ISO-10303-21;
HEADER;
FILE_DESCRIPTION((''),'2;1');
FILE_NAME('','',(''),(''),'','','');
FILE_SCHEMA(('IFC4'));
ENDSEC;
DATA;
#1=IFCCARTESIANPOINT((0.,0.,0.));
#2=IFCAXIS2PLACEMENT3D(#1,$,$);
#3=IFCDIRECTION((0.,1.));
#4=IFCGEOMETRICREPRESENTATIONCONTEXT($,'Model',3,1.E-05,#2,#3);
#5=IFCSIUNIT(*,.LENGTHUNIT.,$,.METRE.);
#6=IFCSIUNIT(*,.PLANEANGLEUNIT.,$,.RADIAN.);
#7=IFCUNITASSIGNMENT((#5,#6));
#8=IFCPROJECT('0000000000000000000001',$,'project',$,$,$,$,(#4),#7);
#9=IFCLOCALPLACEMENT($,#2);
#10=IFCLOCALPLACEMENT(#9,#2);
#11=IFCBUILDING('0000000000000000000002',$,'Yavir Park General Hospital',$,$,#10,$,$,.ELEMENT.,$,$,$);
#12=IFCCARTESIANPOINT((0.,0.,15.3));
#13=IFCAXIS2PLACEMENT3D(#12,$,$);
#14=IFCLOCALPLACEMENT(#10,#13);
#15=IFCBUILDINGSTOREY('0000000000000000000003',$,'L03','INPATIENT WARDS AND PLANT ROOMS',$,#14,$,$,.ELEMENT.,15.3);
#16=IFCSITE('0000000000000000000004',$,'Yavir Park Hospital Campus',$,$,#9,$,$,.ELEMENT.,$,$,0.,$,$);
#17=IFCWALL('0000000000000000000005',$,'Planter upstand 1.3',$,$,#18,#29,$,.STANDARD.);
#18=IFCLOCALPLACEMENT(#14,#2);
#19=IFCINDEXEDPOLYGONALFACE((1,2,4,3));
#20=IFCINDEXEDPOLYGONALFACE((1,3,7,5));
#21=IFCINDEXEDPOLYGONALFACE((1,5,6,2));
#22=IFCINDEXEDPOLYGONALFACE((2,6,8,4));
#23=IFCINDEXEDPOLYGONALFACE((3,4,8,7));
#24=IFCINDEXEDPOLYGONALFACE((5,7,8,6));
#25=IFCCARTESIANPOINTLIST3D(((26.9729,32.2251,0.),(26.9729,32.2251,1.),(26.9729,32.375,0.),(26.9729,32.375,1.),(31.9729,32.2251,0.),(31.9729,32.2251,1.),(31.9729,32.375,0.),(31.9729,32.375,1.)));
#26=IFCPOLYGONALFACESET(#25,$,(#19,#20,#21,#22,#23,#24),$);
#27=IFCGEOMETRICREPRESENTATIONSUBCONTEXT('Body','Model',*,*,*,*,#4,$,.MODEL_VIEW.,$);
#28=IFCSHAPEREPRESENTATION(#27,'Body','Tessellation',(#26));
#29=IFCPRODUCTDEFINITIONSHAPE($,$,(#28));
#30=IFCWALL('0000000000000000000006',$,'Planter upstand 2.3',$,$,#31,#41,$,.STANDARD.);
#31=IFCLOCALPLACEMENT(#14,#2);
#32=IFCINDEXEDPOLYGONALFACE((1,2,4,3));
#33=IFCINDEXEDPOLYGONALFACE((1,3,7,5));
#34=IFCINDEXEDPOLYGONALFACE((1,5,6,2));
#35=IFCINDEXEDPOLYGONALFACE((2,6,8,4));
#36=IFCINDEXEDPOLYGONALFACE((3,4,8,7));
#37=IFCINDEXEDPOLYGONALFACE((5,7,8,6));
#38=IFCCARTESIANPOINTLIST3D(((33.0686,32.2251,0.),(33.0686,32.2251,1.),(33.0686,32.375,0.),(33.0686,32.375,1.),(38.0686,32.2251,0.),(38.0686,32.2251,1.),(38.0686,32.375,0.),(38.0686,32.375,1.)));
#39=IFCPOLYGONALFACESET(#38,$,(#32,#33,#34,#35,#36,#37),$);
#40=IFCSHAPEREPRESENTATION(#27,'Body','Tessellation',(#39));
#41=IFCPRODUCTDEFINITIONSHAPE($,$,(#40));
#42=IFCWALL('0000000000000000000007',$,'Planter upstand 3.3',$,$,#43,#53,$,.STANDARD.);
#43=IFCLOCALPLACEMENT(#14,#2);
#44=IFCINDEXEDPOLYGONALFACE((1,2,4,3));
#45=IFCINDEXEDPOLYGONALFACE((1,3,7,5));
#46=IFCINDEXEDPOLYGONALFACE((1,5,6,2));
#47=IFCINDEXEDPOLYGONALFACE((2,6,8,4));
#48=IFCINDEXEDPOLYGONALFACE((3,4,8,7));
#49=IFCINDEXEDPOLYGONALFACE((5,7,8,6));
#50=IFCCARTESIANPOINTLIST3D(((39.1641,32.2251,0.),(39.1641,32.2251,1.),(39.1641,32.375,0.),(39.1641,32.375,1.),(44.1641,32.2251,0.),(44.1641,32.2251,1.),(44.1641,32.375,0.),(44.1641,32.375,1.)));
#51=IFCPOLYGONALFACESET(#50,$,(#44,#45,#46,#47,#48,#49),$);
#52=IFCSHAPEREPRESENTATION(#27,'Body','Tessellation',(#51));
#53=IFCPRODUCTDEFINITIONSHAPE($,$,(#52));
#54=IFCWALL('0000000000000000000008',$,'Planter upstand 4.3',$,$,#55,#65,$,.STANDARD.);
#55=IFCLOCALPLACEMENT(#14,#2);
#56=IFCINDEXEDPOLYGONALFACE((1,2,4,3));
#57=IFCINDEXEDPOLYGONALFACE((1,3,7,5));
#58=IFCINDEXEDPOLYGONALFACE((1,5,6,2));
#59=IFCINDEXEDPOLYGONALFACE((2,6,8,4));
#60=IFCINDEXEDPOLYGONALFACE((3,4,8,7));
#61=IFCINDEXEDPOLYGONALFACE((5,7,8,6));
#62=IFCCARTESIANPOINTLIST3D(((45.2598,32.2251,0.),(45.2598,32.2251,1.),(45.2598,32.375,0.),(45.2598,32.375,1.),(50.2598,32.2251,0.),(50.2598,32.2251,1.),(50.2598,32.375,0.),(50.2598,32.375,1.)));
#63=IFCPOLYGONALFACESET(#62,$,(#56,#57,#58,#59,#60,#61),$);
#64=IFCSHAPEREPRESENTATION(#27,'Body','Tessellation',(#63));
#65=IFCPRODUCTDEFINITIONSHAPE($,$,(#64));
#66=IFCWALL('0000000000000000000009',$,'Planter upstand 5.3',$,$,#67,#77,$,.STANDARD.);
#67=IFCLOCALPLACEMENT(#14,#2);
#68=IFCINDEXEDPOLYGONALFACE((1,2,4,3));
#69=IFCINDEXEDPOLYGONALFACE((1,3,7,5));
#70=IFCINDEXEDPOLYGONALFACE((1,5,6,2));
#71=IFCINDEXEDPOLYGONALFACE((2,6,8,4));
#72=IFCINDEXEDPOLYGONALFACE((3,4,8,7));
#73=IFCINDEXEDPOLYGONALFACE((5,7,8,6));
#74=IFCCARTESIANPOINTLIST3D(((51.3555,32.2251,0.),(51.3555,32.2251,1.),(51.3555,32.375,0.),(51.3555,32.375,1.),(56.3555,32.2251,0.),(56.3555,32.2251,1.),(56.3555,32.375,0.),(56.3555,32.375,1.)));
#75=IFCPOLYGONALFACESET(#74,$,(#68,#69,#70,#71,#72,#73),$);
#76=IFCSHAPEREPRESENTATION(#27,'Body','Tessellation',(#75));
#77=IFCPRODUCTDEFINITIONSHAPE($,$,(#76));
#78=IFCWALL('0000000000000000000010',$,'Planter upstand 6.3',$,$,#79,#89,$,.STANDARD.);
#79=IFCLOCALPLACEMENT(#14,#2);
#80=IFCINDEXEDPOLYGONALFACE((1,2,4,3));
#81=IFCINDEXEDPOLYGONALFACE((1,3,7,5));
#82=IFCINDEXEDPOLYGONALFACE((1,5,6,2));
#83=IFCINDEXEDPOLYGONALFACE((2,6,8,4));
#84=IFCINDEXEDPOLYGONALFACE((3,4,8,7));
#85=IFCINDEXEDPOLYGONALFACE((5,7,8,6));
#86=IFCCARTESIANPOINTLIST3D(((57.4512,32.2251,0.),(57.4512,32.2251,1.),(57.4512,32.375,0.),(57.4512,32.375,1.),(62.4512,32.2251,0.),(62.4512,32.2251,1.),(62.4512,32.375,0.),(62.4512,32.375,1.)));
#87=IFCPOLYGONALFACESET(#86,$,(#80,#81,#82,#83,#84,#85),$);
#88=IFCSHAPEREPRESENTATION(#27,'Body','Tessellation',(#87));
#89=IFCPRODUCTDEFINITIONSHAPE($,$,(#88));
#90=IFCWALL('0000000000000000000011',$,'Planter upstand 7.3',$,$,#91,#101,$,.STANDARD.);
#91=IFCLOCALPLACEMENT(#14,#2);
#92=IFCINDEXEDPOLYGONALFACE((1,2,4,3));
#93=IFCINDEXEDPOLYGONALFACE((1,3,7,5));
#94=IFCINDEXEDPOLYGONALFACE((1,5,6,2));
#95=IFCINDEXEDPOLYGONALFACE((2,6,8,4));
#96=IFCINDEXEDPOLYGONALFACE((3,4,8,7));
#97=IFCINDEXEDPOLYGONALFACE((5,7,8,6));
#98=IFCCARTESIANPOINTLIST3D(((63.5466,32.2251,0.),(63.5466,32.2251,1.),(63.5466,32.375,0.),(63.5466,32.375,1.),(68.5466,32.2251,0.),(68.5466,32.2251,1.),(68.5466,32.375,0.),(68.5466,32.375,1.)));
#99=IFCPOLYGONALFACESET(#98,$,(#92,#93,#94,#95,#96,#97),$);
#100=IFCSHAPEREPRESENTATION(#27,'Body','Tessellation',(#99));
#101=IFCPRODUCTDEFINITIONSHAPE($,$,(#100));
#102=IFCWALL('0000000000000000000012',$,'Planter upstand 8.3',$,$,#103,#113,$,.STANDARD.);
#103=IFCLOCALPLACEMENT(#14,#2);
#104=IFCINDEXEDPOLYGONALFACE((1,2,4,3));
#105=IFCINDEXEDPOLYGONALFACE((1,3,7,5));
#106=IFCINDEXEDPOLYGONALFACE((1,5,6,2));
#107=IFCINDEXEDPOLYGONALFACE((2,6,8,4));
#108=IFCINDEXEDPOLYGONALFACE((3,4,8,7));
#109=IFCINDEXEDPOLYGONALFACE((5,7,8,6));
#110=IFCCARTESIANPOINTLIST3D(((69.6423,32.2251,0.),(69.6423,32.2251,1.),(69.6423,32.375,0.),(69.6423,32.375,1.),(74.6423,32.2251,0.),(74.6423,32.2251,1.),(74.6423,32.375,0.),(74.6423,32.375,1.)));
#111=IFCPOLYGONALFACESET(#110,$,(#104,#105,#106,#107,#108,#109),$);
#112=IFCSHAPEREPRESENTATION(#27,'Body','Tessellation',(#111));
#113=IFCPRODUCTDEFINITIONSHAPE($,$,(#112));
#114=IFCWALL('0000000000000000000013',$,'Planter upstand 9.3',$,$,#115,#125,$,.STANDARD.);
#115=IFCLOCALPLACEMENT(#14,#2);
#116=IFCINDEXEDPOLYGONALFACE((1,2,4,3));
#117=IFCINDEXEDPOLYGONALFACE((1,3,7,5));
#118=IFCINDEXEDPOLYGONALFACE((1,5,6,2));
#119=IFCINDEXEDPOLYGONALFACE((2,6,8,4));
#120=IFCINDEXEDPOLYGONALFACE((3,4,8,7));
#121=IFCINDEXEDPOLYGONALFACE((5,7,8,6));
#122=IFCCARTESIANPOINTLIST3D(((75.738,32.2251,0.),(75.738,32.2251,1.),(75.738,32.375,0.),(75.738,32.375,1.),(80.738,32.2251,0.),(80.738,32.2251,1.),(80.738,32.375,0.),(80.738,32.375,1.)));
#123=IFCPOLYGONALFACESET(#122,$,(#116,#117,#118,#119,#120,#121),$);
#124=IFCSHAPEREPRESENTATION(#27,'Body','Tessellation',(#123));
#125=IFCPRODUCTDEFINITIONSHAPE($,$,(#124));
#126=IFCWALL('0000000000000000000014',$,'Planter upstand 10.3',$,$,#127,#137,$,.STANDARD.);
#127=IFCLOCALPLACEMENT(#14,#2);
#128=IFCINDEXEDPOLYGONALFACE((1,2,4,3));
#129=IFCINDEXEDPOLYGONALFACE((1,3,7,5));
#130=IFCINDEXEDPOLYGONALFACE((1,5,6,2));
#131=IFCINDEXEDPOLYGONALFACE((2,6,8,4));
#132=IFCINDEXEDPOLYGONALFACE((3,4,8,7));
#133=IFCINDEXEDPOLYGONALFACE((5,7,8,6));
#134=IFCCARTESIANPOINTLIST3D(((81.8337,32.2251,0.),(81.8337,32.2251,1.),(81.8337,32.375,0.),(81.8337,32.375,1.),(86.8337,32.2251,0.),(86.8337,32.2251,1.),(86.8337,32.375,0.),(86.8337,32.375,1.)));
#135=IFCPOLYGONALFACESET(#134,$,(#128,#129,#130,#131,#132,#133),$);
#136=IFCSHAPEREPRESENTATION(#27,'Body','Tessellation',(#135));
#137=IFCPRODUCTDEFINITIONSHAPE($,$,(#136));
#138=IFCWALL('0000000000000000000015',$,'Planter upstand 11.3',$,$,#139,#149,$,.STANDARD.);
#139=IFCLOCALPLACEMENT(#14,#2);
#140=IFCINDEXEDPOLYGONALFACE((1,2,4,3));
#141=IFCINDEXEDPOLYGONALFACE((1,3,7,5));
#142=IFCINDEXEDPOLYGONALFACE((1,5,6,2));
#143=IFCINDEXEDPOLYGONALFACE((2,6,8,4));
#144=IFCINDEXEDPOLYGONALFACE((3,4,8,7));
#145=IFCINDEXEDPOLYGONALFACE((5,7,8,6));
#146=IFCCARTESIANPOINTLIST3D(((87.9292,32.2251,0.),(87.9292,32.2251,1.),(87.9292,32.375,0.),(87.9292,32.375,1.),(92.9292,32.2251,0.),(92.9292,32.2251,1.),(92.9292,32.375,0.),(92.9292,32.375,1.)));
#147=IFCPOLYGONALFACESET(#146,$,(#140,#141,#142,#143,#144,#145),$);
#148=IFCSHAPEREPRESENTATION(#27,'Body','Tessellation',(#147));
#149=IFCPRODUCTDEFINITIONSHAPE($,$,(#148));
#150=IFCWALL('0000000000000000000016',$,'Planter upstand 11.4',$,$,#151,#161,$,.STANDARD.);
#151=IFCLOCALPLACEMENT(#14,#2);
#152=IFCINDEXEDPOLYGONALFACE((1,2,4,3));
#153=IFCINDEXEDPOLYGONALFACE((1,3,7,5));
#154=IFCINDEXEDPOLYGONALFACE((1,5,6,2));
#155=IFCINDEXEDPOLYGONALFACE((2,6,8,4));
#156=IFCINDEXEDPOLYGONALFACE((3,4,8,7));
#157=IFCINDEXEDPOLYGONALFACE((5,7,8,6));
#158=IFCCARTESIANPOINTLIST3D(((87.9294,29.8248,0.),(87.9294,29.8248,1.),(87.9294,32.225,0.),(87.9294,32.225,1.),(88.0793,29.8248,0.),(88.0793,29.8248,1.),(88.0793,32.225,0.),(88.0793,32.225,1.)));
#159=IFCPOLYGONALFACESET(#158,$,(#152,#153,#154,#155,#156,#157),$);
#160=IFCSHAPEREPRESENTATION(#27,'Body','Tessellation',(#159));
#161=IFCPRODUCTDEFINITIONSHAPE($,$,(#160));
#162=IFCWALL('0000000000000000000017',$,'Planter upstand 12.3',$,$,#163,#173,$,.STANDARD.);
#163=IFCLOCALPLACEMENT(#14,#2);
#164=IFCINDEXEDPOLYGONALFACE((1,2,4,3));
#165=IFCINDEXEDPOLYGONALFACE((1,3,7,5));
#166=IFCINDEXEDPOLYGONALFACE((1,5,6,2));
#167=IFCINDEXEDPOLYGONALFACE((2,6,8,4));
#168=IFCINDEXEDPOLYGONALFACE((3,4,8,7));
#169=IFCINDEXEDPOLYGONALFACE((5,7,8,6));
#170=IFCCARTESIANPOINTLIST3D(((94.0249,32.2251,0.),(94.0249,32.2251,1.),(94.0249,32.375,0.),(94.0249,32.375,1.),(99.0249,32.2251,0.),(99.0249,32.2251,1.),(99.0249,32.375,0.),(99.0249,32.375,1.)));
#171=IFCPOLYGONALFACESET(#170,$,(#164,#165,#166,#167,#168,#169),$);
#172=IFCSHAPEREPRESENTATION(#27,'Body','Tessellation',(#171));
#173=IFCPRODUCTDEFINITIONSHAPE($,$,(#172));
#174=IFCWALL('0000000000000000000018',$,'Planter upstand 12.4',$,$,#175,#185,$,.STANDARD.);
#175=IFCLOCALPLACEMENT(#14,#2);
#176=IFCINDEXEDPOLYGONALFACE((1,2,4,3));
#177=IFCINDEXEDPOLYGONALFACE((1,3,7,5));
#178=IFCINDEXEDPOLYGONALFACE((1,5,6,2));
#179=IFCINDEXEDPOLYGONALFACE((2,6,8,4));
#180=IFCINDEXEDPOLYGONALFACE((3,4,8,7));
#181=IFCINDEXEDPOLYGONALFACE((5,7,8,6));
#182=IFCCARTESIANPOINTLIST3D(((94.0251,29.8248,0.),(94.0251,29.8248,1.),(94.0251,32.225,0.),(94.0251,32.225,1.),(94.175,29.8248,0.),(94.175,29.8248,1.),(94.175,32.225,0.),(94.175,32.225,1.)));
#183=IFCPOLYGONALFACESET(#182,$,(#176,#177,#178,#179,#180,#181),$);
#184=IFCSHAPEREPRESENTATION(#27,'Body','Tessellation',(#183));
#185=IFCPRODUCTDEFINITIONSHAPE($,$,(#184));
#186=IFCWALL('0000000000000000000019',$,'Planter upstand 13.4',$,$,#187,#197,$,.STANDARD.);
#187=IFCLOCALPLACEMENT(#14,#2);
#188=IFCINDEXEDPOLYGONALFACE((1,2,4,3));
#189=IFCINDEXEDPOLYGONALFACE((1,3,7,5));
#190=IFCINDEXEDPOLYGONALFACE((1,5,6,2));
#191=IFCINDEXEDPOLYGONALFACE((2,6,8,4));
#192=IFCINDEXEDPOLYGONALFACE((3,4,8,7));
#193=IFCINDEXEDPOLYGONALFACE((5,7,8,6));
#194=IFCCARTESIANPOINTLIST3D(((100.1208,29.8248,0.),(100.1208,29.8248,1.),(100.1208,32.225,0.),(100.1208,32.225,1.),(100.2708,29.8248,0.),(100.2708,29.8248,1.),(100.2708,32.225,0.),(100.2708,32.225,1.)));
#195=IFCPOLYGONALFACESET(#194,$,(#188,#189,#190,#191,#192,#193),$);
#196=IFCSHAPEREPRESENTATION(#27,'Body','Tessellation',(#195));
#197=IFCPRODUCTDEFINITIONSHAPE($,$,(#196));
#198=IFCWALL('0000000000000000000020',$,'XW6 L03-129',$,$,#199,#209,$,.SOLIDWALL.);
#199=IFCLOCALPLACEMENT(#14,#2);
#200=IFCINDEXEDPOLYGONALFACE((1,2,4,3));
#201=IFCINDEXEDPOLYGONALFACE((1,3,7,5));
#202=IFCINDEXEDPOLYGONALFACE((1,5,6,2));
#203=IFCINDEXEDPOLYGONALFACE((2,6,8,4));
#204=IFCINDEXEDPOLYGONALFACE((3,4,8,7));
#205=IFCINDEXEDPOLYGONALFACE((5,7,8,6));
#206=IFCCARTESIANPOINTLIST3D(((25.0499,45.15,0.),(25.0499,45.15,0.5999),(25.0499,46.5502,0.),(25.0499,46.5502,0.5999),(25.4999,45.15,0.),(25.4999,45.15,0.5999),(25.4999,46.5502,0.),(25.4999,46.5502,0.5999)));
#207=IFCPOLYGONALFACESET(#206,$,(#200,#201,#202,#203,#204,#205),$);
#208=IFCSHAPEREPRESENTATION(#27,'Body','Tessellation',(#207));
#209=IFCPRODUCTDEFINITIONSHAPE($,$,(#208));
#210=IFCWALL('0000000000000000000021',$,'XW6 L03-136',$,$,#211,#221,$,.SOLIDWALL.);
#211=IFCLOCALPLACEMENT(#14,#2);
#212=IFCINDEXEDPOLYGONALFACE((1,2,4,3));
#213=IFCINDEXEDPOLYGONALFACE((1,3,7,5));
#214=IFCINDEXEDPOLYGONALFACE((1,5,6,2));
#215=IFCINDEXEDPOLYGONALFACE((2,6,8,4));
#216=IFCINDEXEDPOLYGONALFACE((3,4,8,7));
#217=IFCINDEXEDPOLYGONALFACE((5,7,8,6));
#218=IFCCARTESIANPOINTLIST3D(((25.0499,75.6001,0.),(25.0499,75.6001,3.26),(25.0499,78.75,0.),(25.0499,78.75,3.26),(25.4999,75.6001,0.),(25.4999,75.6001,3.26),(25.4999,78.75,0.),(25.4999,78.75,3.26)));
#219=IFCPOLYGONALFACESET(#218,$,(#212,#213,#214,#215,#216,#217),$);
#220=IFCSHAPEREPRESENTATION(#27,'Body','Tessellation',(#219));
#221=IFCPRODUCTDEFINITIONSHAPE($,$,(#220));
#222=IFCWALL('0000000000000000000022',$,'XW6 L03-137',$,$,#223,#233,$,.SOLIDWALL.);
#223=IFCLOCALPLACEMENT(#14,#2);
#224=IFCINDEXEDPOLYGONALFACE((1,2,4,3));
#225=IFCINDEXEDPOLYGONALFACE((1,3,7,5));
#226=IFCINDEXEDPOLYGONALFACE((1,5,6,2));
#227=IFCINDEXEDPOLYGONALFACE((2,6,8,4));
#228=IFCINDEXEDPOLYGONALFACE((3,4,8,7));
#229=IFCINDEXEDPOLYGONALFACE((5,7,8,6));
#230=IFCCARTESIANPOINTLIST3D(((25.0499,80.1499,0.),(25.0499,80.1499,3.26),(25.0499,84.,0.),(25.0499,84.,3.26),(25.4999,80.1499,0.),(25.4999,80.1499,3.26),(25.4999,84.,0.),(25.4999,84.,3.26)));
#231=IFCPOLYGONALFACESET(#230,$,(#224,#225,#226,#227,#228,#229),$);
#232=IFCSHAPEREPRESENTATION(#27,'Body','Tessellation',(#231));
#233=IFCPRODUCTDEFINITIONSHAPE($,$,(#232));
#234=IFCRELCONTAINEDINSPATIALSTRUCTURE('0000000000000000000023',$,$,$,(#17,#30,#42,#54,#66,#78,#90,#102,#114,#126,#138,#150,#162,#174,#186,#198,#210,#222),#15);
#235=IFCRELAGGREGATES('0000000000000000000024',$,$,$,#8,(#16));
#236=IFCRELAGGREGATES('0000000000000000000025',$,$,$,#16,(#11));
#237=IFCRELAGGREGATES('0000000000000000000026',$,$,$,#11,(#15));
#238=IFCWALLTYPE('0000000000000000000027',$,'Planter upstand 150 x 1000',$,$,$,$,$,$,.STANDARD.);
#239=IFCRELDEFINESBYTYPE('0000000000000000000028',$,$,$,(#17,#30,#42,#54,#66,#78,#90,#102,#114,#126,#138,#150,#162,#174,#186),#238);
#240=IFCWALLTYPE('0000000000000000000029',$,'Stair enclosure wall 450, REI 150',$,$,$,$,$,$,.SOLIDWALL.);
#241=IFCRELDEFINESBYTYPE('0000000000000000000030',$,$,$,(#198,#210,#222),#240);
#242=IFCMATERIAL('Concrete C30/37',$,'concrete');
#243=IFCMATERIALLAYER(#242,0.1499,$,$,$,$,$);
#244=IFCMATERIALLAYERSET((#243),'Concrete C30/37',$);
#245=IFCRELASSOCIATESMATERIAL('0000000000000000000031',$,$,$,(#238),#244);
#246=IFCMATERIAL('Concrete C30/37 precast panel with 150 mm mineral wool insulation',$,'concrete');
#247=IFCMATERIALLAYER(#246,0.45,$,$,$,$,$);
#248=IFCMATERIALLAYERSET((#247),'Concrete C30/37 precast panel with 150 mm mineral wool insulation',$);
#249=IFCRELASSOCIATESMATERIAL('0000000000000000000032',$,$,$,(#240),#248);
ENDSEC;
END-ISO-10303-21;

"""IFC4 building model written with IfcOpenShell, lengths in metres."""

from ifc_helpers import new_model, si_unit, direction, frame, frame_2d, origin, place, context, subcontext, project, spatial, rectangle, extrude, material, layer, layer_set, type_object, element, save


model = new_model("IFC4")

# Units and contexts
model_context = context("Model", 3, precision=1e-05, world=origin(), true_north=direction((0.0, 1.0)))
body_context = subcontext(model_context, "Body", "Model", "MODEL_VIEW")
ifc_project = project(units=[si_unit("LENGTHUNIT", "METRE"), si_unit("PLANEANGLEUNIT", "RADIAN")], contexts=[model_context])

# Site, building, storey
site_placement = place(None, origin())
site = spatial("IfcSite", under=ifc_project, at=site_placement, Name="Yavir Park Hospital Campus", CompositionType="ELEMENT", RefElevation=0.0)
building_placement = place(site_placement, origin())
building = spatial("IfcBuilding", under=site, at=building_placement, Name="Yavir Park General Hospital", CompositionType="ELEMENT")
storey_placement = place(building_placement, frame((0.0, 0.0, 15.3)))
storey = spatial("IfcBuildingStorey", under=building, at=storey_placement, Name="L03", Description="INPATIENT WARDS AND PLANT ROOMS", CompositionType="ELEMENT", Elevation=15.3)

# Walls
ifc_material_1 = material(Name="Concrete C30/37", Category="concrete")
ifc_layer_1 = layer(ifc_material_1, 0.1499)
ifc_layer_set_1 = layer_set([ifc_layer_1], Name="Concrete C30/37")
wall_type_1 = type_object("IfcWallType", Name="Planter upstand 150 x 1000", PredefinedType="STANDARD", material=ifc_layer_set_1)
for number, where, z_axis, x_axis, name in (
    (1, (31.9729, 32.3, 0.0), (0.0, 0.0, 1.0), (-1.0, 0.0, 0.0), "Planter upstand 1.3"),
    (2, (38.0686, 32.3, 0.0), (0.0, 0.0, 1.0), (-1.0, 0.0, 0.0), "Planter upstand 2.3"),
    (3, (44.1641, 32.3, 0.0), (0.0, 0.0, 1.0), (-1.0, 0.0, 0.0), "Planter upstand 3.3"),
    (4, (50.2598, 32.3, 0.0), (0.0, 0.0, 1.0), (-1.0, 0.0, 0.0), "Planter upstand 4.3"),
    (5, (56.3555, 32.3, 0.0), (0.0, 0.0, 1.0), (-1.0, 0.0, 0.0), "Planter upstand 5.3"),
    (6, (62.4512, 32.3, 0.0), (0.0, 0.0, 1.0), (-1.0, 0.0, 0.0), "Planter upstand 6.3"),
    (7, (68.5466, 32.3, 0.0), (0.0, 0.0, 1.0), (-1.0, 0.0, 0.0), "Planter upstand 7.3"),
    (8, (74.6423, 32.3, 0.0), (0.0, 0.0, 1.0), (-1.0, 0.0, 0.0), "Planter upstand 8.3"),
    (9, (80.738, 32.3, 0.0), (0.0, 0.0, 1.0), (-1.0, 0.0, 0.0), "Planter upstand 9.3"),
    (10, (86.8337, 32.3, 0.0), (0.0, 0.0, 1.0), (-1.0, 0.0, 0.0), "Planter upstand 10.3"),
    (11, (92.9292, 32.3, 0.0), (0.0, 0.0, 1.0), (-1.0, 0.0, 0.0), "Planter upstand 11.3"),
):
    element("IfcWall", number, at=place(storey_placement, frame(where, z_axis=z_axis, x_axis=x_axis)), inside=storey, type_object=wall_type_1, Name=name, PredefinedType="STANDARD", context=body_context, shape_type="SweptSolid", body=[
        extrude(rectangle(XDim=5.0, YDim=0.1499, at=frame_2d((2.5, 0.0))), origin(), (0.0, 0.0, 1.0), 1.0),
    ])
wall_1_placement = place(storey_placement, frame((88.0044, 32.2251, 0.0), z_axis=(0.0, 0.0, 1.0), x_axis=(0.0, -1.0, 0.0)))
element("IfcWall", 12, at=wall_1_placement, inside=storey, type_object=wall_type_1, Name="Planter upstand 11.4", PredefinedType="STANDARD", context=body_context, shape_type="SweptSolid", body=[
    extrude(rectangle(XDim=2.4001, YDim=0.1499, at=frame_2d((1.2002, 0.0))), origin(), (0.0, 0.0, 1.0), 1.0),
])
wall_2_placement = place(storey_placement, frame((99.0249, 32.3, 0.0), z_axis=(0.0, 0.0, 1.0), x_axis=(-1.0, 0.0, 0.0)))
element("IfcWall", 13, at=wall_2_placement, inside=storey, type_object=wall_type_1, Name="Planter upstand 12.3", PredefinedType="STANDARD", context=body_context, shape_type="SweptSolid", body=[
    extrude(rectangle(XDim=5.0, YDim=0.1499, at=frame_2d((2.5, 0.0))), origin(), (0.0, 0.0, 1.0), 1.0),
])
for number, where, z_axis, x_axis, name in (
    (14, (94.1001, 32.2251, 0.0), (0.0, 0.0, 1.0), (0.0, -1.0, 0.0), "Planter upstand 12.4"),
    (15, (100.1958, 32.2251, 0.0), (0.0, 0.0, 1.0), (0.0, -1.0, 0.0), "Planter upstand 13.4"),
):
    element("IfcWall", number, at=place(storey_placement, frame(where, z_axis=z_axis, x_axis=x_axis)), inside=storey, type_object=wall_type_1, Name=name, PredefinedType="STANDARD", context=body_context, shape_type="SweptSolid", body=[
        extrude(rectangle(XDim=2.4001, YDim=0.1499, at=frame_2d((1.2002, 0.0))), origin(), (0.0, 0.0, 1.0), 1.0),
    ])
ifc_material_2 = material(Name="Concrete C30/37 precast panel with 150 mm mineral wool insulation", Category="concrete")
ifc_layer_2 = layer(ifc_material_2, 0.45)
ifc_layer_set_2 = layer_set([ifc_layer_2], Name="Concrete C30/37 precast panel with 150 mm mineral wool insulation")
wall_type_2 = type_object("IfcWallType", Name="Stair enclosure wall 450, REI 150", PredefinedType="SOLIDWALL", material=ifc_layer_set_2)
wall_3_placement = place(storey_placement, frame((25.2749, 45.1499, 0.0), z_axis=(0.0, 0.0, 1.0), x_axis=(0.0, 1.0, 0.0)))
element("IfcWall", 16, at=wall_3_placement, inside=storey, type_object=wall_type_2, Name="XW6 L03-129", PredefinedType="SOLIDWALL", context=body_context, shape_type="SweptSolid", body=[
    extrude(rectangle(XDim=1.4001, YDim=0.45, at=frame_2d((0.7002, 0.0))), origin(), (0.0, 0.0, 1.0), 0.5999),
])
wall_4_placement = place(storey_placement, frame((25.2749, 75.6001, 0.0), z_axis=(0.0, 0.0, 1.0), x_axis=(0.0, 1.0, 0.0)))
element("IfcWall", 17, at=wall_4_placement, inside=storey, type_object=wall_type_2, Name="XW6 L03-136", PredefinedType="SOLIDWALL", context=body_context, shape_type="SweptSolid", body=[
    extrude(rectangle(XDim=3.1499, YDim=0.45, at=frame_2d((1.575, 0.0))), origin(), (0.0, 0.0, 1.0), 3.26),
])
wall_5_placement = place(storey_placement, frame((25.2749, 80.1499, 0.0), z_axis=(0.0, 0.0, 1.0), x_axis=(0.0, 1.0, 0.0)))
element("IfcWall", 18, at=wall_5_placement, inside=storey, type_object=wall_type_2, Name="XW6 L03-137", PredefinedType="SOLIDWALL", context=body_context, shape_type="SweptSolid", body=[
    extrude(rectangle(XDim=3.8501, YDim=0.45, at=frame_2d((1.925, 0.0))), origin(), (0.0, 0.0, 1.0), 3.26),
])

save(model, "model.ifc")
